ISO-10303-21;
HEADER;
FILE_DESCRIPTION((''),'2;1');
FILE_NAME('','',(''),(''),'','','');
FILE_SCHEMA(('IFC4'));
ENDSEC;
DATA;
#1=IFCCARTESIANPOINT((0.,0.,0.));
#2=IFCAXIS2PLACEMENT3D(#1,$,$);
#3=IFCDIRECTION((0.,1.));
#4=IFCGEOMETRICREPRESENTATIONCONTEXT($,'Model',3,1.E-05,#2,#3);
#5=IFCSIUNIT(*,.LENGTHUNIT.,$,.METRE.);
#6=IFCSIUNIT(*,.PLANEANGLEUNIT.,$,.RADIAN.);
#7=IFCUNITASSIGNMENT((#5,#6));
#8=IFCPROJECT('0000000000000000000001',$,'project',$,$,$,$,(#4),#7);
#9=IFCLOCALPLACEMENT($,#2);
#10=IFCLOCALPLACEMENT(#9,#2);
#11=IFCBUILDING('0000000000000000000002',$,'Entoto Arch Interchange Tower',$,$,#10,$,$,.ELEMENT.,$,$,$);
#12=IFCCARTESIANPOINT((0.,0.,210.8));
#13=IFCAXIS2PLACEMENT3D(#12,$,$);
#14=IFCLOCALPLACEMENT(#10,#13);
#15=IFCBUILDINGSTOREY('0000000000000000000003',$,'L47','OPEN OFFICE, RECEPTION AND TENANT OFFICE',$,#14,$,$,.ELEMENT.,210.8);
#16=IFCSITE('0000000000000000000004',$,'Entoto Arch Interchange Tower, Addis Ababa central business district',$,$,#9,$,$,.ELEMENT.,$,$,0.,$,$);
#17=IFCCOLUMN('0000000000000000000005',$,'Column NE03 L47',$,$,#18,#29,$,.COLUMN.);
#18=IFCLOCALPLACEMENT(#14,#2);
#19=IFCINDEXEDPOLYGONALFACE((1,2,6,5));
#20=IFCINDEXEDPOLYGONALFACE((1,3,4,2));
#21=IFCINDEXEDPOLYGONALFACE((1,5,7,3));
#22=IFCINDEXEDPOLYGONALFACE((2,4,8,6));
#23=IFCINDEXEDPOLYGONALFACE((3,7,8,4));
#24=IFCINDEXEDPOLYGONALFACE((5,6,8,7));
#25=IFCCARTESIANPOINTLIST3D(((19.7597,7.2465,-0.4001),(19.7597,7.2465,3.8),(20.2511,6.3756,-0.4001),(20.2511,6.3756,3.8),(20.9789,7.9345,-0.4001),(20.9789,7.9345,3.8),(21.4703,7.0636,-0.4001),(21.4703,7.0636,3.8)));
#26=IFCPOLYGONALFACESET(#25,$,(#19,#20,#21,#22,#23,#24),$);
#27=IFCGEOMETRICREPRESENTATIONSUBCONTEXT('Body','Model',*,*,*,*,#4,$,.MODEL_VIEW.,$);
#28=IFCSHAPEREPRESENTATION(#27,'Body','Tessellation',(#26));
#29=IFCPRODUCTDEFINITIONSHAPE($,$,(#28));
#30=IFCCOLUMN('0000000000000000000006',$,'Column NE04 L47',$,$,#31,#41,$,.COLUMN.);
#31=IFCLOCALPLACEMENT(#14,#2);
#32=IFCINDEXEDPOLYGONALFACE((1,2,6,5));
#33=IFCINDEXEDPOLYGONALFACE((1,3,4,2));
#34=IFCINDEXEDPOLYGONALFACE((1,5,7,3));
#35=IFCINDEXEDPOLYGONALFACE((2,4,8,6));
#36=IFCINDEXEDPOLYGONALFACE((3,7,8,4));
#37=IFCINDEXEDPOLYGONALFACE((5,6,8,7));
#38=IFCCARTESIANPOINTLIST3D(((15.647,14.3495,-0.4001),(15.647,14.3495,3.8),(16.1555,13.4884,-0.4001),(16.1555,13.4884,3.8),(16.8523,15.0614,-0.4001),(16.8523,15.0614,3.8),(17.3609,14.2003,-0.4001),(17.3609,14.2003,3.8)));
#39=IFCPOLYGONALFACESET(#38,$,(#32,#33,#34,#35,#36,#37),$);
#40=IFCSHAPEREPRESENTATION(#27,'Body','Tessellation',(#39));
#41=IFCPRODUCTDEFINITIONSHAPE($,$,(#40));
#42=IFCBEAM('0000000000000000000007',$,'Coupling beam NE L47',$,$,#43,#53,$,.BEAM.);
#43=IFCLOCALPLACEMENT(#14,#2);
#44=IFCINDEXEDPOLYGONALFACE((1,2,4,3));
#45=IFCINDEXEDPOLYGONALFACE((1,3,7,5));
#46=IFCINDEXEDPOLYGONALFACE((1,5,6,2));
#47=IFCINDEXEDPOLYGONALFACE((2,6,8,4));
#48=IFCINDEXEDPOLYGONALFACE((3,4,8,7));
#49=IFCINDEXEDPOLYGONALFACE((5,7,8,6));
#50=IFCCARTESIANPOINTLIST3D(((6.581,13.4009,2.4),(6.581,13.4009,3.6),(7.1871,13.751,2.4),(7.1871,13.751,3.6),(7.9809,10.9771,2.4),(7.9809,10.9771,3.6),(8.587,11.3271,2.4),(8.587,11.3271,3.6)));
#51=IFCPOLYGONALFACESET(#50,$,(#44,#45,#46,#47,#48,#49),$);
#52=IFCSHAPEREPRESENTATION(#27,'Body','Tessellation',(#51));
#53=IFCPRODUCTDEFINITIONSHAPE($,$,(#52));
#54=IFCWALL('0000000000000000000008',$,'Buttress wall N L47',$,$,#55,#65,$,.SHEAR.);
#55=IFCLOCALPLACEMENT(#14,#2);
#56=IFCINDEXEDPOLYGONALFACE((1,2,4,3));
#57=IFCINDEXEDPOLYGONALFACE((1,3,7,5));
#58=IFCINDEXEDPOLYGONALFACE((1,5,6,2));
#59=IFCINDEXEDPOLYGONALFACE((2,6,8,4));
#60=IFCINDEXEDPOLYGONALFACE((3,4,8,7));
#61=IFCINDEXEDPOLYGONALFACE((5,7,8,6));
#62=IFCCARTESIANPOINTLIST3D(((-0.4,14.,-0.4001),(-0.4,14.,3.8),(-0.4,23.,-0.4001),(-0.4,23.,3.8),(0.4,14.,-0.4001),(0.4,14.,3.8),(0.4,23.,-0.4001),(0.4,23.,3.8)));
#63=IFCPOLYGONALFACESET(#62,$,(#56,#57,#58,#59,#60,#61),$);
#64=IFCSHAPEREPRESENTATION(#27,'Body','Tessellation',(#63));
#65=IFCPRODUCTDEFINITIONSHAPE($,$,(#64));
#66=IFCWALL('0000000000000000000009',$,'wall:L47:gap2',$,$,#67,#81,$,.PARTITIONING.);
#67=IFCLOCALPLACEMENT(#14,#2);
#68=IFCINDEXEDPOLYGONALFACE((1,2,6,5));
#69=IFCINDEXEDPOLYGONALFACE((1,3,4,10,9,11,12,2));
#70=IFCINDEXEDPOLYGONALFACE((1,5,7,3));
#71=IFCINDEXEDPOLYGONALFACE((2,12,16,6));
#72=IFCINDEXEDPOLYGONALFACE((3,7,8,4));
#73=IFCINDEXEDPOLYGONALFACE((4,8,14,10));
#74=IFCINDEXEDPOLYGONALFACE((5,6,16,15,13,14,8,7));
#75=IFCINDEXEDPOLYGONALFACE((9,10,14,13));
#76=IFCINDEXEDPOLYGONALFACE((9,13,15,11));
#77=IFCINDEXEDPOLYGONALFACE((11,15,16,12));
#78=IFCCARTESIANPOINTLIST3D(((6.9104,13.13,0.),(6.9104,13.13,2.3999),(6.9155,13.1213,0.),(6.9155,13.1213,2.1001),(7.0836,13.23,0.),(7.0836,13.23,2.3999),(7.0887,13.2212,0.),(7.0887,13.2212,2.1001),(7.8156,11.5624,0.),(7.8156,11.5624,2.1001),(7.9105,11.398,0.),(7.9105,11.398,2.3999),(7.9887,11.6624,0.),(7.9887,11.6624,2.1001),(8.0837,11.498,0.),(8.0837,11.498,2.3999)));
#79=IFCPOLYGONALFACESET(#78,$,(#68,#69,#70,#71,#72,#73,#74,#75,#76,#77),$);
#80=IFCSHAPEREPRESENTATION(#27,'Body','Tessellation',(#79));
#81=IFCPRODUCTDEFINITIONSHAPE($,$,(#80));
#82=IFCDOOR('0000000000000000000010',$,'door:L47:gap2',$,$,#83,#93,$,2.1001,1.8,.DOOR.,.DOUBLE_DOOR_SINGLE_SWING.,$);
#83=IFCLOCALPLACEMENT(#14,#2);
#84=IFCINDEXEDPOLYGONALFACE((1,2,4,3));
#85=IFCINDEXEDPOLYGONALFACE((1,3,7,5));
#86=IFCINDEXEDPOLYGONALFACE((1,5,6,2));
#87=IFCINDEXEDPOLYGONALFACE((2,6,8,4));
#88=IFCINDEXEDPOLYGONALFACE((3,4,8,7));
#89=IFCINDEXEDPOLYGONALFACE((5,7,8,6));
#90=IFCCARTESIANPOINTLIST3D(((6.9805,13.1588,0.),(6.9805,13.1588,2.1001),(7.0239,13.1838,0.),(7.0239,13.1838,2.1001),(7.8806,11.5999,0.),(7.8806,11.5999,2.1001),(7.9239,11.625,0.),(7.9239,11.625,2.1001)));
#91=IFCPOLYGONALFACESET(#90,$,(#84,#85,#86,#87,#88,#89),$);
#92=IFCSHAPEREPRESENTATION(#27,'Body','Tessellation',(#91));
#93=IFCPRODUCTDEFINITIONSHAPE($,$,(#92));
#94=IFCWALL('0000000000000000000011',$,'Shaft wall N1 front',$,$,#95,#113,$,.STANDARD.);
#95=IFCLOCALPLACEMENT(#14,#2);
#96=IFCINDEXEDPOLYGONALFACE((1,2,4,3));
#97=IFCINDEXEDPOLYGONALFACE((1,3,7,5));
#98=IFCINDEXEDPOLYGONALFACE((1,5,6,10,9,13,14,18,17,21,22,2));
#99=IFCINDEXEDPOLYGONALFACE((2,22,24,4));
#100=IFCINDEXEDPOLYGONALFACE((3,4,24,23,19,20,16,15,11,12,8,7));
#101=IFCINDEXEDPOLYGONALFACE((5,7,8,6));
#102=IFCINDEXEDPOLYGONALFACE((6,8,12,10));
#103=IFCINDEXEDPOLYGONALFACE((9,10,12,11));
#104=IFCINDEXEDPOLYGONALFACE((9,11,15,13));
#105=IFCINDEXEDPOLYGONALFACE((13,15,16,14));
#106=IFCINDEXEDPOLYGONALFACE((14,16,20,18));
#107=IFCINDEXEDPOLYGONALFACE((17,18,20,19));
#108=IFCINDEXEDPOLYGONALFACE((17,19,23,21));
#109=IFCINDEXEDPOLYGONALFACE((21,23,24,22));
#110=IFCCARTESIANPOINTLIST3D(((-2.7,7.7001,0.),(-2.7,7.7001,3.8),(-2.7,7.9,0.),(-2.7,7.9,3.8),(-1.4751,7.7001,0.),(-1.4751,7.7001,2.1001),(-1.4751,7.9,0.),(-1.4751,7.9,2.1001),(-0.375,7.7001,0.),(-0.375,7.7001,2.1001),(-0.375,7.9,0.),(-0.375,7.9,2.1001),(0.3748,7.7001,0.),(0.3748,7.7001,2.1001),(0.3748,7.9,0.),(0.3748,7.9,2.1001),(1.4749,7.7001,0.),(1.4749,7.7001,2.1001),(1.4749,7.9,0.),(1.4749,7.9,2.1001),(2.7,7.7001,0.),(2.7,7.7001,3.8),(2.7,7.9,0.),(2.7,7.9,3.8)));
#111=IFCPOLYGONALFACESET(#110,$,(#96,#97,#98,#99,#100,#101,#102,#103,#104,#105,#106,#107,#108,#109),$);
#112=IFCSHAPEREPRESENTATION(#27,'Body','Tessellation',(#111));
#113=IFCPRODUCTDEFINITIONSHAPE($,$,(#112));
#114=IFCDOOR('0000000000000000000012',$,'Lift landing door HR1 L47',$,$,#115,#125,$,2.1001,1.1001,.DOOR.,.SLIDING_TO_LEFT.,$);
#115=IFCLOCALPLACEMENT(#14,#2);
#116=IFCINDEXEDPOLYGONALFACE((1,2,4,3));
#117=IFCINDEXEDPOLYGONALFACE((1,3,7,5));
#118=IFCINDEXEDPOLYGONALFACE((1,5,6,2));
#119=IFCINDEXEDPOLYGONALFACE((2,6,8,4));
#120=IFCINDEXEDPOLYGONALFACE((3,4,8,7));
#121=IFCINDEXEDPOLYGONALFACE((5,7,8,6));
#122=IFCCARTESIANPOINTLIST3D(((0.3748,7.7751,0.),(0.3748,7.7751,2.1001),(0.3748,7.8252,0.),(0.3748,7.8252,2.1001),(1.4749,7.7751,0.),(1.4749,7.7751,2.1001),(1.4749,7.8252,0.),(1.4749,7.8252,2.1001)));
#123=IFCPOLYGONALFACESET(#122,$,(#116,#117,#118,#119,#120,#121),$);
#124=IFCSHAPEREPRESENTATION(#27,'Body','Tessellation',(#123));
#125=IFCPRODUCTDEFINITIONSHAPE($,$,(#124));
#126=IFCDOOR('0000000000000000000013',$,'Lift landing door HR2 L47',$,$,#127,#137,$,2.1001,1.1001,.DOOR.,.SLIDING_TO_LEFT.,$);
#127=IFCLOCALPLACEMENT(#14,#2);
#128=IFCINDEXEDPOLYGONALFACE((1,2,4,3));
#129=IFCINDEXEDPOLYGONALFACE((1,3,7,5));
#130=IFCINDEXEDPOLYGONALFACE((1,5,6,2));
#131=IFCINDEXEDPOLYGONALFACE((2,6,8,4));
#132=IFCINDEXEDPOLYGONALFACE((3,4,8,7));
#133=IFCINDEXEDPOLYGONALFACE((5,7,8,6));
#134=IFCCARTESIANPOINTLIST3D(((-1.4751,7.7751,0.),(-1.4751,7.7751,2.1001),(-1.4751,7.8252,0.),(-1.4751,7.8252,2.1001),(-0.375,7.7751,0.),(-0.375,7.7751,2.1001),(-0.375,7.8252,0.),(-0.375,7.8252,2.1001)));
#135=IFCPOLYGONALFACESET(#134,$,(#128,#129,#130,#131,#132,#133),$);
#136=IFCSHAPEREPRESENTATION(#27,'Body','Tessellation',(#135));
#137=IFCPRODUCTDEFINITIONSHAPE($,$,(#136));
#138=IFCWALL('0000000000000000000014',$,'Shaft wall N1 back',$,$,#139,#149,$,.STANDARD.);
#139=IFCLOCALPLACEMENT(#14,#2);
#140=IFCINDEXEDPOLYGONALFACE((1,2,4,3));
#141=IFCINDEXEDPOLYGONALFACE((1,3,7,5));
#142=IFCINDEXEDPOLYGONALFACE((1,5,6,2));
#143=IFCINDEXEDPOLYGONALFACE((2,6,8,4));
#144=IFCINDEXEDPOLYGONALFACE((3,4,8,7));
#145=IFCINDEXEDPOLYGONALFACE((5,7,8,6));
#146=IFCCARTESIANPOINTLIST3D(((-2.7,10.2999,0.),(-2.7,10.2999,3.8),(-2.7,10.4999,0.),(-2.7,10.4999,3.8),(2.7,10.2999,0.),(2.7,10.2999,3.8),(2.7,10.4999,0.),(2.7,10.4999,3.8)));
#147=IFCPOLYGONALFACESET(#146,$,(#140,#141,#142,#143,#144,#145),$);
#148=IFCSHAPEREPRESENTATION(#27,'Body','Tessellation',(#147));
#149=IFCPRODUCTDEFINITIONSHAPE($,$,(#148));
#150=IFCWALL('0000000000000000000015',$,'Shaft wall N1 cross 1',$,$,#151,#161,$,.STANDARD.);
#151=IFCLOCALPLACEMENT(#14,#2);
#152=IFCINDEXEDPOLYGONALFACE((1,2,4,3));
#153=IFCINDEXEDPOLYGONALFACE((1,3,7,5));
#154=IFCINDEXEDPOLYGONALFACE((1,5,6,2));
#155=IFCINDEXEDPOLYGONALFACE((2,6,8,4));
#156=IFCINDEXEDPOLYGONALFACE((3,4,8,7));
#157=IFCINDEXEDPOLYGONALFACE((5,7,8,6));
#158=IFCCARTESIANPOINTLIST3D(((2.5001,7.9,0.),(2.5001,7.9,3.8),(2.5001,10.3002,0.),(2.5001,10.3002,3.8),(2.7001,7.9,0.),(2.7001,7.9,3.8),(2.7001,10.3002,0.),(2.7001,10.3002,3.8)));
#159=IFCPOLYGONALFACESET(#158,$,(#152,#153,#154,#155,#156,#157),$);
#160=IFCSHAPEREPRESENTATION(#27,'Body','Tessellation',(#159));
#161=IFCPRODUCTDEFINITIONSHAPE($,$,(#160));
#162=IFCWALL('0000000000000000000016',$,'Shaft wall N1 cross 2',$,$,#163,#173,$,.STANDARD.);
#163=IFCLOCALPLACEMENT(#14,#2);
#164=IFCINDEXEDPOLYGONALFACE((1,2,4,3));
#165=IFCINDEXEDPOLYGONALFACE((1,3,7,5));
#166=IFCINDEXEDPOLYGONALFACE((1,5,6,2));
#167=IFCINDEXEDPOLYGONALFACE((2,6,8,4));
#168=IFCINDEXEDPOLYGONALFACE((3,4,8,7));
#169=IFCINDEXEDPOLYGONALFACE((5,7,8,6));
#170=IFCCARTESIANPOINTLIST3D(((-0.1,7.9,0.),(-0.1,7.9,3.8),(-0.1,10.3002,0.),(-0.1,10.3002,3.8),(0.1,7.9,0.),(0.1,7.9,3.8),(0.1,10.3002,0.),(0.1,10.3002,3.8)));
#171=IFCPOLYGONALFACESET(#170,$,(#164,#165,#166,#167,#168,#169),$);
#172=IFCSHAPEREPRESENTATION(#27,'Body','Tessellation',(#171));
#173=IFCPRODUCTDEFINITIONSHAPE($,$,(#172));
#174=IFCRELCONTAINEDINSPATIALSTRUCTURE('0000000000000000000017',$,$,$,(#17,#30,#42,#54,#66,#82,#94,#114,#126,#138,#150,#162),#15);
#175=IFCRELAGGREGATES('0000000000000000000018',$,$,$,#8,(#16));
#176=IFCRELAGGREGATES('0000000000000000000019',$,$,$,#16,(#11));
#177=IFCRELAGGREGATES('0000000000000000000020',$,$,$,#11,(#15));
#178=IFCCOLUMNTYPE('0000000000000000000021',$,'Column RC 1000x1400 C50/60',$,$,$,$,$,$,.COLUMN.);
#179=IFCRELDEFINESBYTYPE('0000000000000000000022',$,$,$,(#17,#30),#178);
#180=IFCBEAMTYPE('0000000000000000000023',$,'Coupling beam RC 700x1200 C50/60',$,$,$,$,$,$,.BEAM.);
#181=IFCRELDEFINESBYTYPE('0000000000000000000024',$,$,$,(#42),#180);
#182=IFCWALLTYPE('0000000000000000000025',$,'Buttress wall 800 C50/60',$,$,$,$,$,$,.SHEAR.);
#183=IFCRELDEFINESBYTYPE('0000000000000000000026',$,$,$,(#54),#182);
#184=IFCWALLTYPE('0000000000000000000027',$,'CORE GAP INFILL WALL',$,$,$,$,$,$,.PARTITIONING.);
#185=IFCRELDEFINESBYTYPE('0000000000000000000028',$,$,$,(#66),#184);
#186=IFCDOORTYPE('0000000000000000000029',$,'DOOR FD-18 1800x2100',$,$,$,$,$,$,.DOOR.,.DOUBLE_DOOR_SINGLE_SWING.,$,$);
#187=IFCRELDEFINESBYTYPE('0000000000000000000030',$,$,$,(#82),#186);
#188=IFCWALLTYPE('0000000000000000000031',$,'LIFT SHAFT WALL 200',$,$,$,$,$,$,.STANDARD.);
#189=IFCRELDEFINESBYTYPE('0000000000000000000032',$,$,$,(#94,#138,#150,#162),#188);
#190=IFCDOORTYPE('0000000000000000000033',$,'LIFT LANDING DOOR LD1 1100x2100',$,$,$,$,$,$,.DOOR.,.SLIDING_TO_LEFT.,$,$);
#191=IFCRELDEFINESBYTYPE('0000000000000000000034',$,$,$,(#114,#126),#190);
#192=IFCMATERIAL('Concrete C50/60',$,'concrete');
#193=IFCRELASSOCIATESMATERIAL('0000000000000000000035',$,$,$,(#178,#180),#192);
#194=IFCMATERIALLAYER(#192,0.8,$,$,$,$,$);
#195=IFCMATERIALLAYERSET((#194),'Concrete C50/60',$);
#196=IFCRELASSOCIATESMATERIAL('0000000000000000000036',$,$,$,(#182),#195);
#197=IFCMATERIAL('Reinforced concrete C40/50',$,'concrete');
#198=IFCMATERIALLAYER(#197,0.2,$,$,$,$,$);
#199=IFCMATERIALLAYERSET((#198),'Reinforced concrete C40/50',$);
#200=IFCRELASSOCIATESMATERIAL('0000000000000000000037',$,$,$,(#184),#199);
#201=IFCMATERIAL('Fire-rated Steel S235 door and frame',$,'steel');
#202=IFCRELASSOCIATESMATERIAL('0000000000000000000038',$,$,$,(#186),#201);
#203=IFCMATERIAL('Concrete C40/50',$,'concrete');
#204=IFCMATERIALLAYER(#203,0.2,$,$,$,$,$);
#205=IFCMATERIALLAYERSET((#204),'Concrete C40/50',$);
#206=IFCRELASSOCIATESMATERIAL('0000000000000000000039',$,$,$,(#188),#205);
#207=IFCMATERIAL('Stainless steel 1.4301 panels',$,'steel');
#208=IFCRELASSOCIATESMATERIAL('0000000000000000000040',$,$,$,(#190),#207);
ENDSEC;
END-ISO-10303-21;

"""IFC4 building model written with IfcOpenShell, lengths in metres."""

from ifc_helpers import new_model, si_unit, direction, frame, frame_2d, origin, origin_2d, place, context, subcontext, project, spatial, rectangle, extrude, material, layer, layer_set, material_profile, profile_set, type_object, element, fill, save


model = new_model("IFC4")

# Units and contexts
model_context = context("Model", 3, precision=1e-05, world=origin(), true_north=direction((0.0, 1.0)))
body_context = subcontext(model_context, "Body", "Model", "MODEL_VIEW")
ifc_project = project(units=[si_unit("LENGTHUNIT", "METRE"), si_unit("PLANEANGLEUNIT", "RADIAN")], contexts=[model_context])

# Site, building, storey
site_placement = place(None, origin())
site = spatial("IfcSite", under=ifc_project, at=site_placement, Name="Entoto Arch Interchange Tower, Addis Ababa central business district", CompositionType="ELEMENT", RefElevation=0.0)
building_placement = place(site_placement, origin())
building = spatial("IfcBuilding", under=site, at=building_placement, Name="Entoto Arch Interchange Tower", CompositionType="ELEMENT")
storey_placement = place(building_placement, frame((0.0, 0.0, 210.8)))
storey = spatial("IfcBuildingStorey", under=building, at=storey_placement, Name="L47", Description="OPEN OFFICE, RECEPTION AND TENANT OFFICE", CompositionType="ELEMENT", Elevation=210.8)

# Columns
ifc_material_1 = material(Name="Concrete C50/60", Category="concrete")
ifc_material_profile_1 = material_profile(ifc_material_1, rectangle(XDim=1.0, YDim=1.3999, at=origin_2d()))
ifc_profile_set_1 = profile_set([ifc_material_profile_1], Name="Concrete C50/60")
column_type = type_object("IfcColumnType", Name="Column RC 1000x1400 C50/60", PredefinedType="COLUMN", material=ifc_profile_set_1)
for number, where, z_axis, x_axis, name in (
    (1, (20.615, 7.155, -0.4001), (0.0, 0.0, 1.0), (-0.491436, 0.870914, 0.0), "Column NE03 L47"),
    (2, (16.5039, 14.2749, -0.4001), (0.0, 0.0, 1.0), (-0.508516, 0.861053, 0.0), "Column NE04 L47"),
):
    element("IfcColumn", number, at=place(storey_placement, frame(where, z_axis=z_axis, x_axis=x_axis)), inside=storey, type_object=column_type, Name=name, PredefinedType="COLUMN", context=body_context, shape_type="SweptSolid", body=[
        extrude(rectangle(XDim=1.0, YDim=1.3999, at=origin_2d()), origin(), (0.0, 0.0, 1.0), 4.2002),
    ])

# Beam
ifc_material_profile_2 = material_profile(ifc_material_1, rectangle(XDim=0.7, YDim=1.2, at=origin_2d()))
ifc_profile_set_2 = profile_set([ifc_material_profile_2], Name="Concrete C50/60")
beam_type = type_object("IfcBeamType", Name="Coupling beam RC 700x1200 C50/60", PredefinedType="BEAM", material=ifc_profile_set_2)
beam_placement = place(storey_placement, frame((8.2839, 11.1521, 3.0), z_axis=(-0.500135, 0.865947, 0.0), x_axis=(-0.865947, -0.500135, 0.0)))
element("IfcBeam", 3, at=beam_placement, inside=storey, type_object=beam_type, Name="Coupling beam NE L47", PredefinedType="BEAM", context=body_context, shape_type="SweptSolid", body=[
    extrude(rectangle(XDim=0.7, YDim=1.2, at=origin_2d()), origin(), (0.0, 0.0, 1.0), 2.7991),
])

# Wall
ifc_layer_1 = layer(ifc_material_1, 0.8)
ifc_layer_set_1 = layer_set([ifc_layer_1], Name="Concrete C50/60")
wall_type_1 = type_object("IfcWallType", Name="Buttress wall 800 C50/60", PredefinedType="SHEAR", material=ifc_layer_set_1)
wall_1_placement = place(storey_placement, frame((0.0, 14.0, -0.4001), z_axis=(0.0, 0.0, 1.0), x_axis=(0.0, 1.0, 0.0)))
element("IfcWall", 4, at=wall_1_placement, inside=storey, type_object=wall_type_1, Name="Buttress wall N L47", PredefinedType="SHEAR", context=body_context, shape_type="SweptSolid", body=[
    extrude(rectangle(XDim=9.0, YDim=0.8, at=frame_2d((4.5, 0.0))), origin(), (0.0, 0.0, 1.0), 4.2002),
])

# Wall, opening, door
ifc_material_2 = material(Name="Reinforced concrete C40/50", Category="concrete")
ifc_layer_2 = layer(ifc_material_2, 0.2)
ifc_layer_set_2 = layer_set([ifc_layer_2], Name="Reinforced concrete C40/50")
wall_type_2 = type_object("IfcWallType", Name="CORE GAP INFILL WALL", PredefinedType="PARTITIONING", material=ifc_layer_set_2)
wall_2_placement = place(storey_placement, frame((7.9971, 11.448, 0.0), z_axis=(0.0, 0.0, 1.0), x_axis=(-0.500025, 0.866011, 0.0)))
wall_2 = element("IfcWall", 5, at=wall_2_placement, inside=storey, type_object=wall_type_2, Name="wall:L47:gap2", PredefinedType="PARTITIONING", context=body_context, shape_type="SweptSolid", body=[
    extrude(rectangle(XDim=2.0, YDim=0.2, at=frame_2d((1.0, 0.0))), origin(), (0.0, 0.0, 1.0), 2.3999),
])
opening_1_placement = place(wall_2_placement, frame((0.1899, 0.0, 0.0)))
opening_1 = element("IfcOpeningElement", 6, at=opening_1_placement, cuts=wall_2, PredefinedType="OPENING", context=body_context, shape_type="SweptSolid", body=[
    extrude(rectangle(XDim=1.8, YDim=2.1001, at=frame_2d((0.8999, 1.05))), frame((0.0, 0.1099, 0.0), z_axis=(0.0, -1.0, 0.0), x_axis=(1.0, 0.0, 0.0)), (0.0, 0.0, 1.0), 0.22),
])
ifc_material_3 = material(Name="Fire-rated Steel S235 door and frame", Category="steel")
door_type_1 = type_object("IfcDoorType", Name="DOOR FD-18 1800x2100", OperationType="DOUBLE_DOOR_SINGLE_SWING", PredefinedType="DOOR", material=ifc_material_3)
door_1_placement = place(opening_1_placement, origin())
door_1 = element("IfcDoor", 7, at=door_1_placement, inside=storey, type_object=door_type_1, Name="door:L47:gap2", OperationType="DOUBLE_DOOR_SINGLE_SWING", OverallHeight=2.1001, OverallWidth=1.8, PredefinedType="DOOR", context=body_context, shape_type="SweptSolid", body=[
    extrude(rectangle(XDim=1.8, YDim=2.1001, at=frame_2d((0.8999, 1.05))), frame((0.0, 0.0249, 0.0), z_axis=(0.0, -1.0, 0.0), x_axis=(1.0, 0.0, 0.0)), (0.0, 0.0, 1.0), 0.05),
])
fill(opening_1, door_1)

# Wall, openings, doors
ifc_material_4 = material(Name="Concrete C40/50", Category="concrete")
ifc_layer_3 = layer(ifc_material_4, 0.2)
ifc_layer_set_3 = layer_set([ifc_layer_3], Name="Concrete C40/50")
wall_type_3 = type_object("IfcWallType", Name="LIFT SHAFT WALL 200", PredefinedType="STANDARD", material=ifc_layer_set_3)
wall_3_placement = place(storey_placement, frame((2.7, 7.8, 0.0), z_axis=(0.0, 0.0, 1.0), x_axis=(-1.0, 0.0, 0.0)))
wall_3 = element("IfcWall", 8, at=wall_3_placement, inside=storey, type_object=wall_type_3, Name="Shaft wall N1 front", PredefinedType="STANDARD", context=body_context, shape_type="SweptSolid", body=[
    extrude(rectangle(XDim=5.3999, YDim=0.2, at=frame_2d((2.7, 0.0))), origin(), (0.0, 0.0, 1.0), 3.8),
])
opening_2_placement = place(wall_3_placement, frame((1.2251, 0.0, 0.0)))
opening_2 = element("IfcOpeningElement", 9, at=opening_2_placement, cuts=wall_3, PredefinedType="OPENING", context=body_context, shape_type="SweptSolid", body=[
    extrude(rectangle(XDim=1.1001, YDim=2.1001, at=frame_2d((0.55, 1.05))), frame((0.0, 0.1099, 0.0), z_axis=(0.0, -1.0, 0.0), x_axis=(1.0, 0.0, 0.0)), (0.0, 0.0, 1.0), 0.22),
])
opening_3_placement = place(wall_3_placement, frame((3.075, 0.0, 0.0)))
opening_3 = element("IfcOpeningElement", 10, at=opening_3_placement, cuts=wall_3, PredefinedType="OPENING", context=body_context, shape_type="SweptSolid", body=[
    extrude(rectangle(XDim=1.1001, YDim=2.1001, at=frame_2d((0.55, 1.05))), frame((0.0, 0.1099, 0.0), z_axis=(0.0, -1.0, 0.0), x_axis=(1.0, 0.0, 0.0)), (0.0, 0.0, 1.0), 0.22),
])
ifc_material_5 = material(Name="Stainless steel 1.4301 panels", Category="steel")
door_type_2 = type_object("IfcDoorType", Name="LIFT LANDING DOOR LD1 1100x2100", OperationType="SLIDING_TO_LEFT", PredefinedType="DOOR", material=ifc_material_5)
door_2_placement = place(opening_2_placement, origin())
door_2 = element("IfcDoor", 11, at=door_2_placement, inside=storey, type_object=door_type_2, Name="Lift landing door HR1 L47", OperationType="SLIDING_TO_LEFT", OverallHeight=2.1001, OverallWidth=1.1001, PredefinedType="DOOR", context=body_context, shape_type="SweptSolid", body=[
    extrude(rectangle(XDim=1.1001, YDim=2.1001, at=frame_2d((0.55, 1.05))), frame((0.0, 0.0249, 0.0), z_axis=(0.0, -1.0, 0.0), x_axis=(1.0, 0.0, 0.0)), (0.0, 0.0, 1.0), 0.05),
])
fill(opening_2, door_2)
door_3_placement = place(opening_3_placement, origin())
door_3 = element("IfcDoor", 12, at=door_3_placement, inside=storey, type_object=door_type_2, Name="Lift landing door HR2 L47", OperationType="SLIDING_TO_LEFT", OverallHeight=2.1001, OverallWidth=1.1001, PredefinedType="DOOR", context=body_context, shape_type="SweptSolid", body=[
    extrude(rectangle(XDim=1.1001, YDim=2.1001, at=frame_2d((0.55, 1.05))), frame((0.0, 0.0249, 0.0), z_axis=(0.0, -1.0, 0.0), x_axis=(1.0, 0.0, 0.0)), (0.0, 0.0, 1.0), 0.05),
])
fill(opening_3, door_3)

# Walls
wall_4_placement = place(storey_placement, frame((2.7, 10.3999, 0.0), z_axis=(0.0, 0.0, 1.0), x_axis=(-1.0, 0.0, 0.0)))
element("IfcWall", 13, at=wall_4_placement, inside=storey, type_object=wall_type_3, Name="Shaft wall N1 back", PredefinedType="STANDARD", context=body_context, shape_type="SweptSolid", body=[
    extrude(rectangle(XDim=5.3999, YDim=0.2, at=frame_2d((2.7, 0.0))), origin(), (0.0, 0.0, 1.0), 3.8),
])
for number, where, z_axis, x_axis, name in (
    (14, (2.6001, 7.8999, 0.0), (0.0, 0.0, 1.0), (0.0, 1.0, 0.0), "Shaft wall N1 cross 1"),
    (15, (0.0, 7.8999, 0.0), (0.0, 0.0, 1.0), (0.0, 1.0, 0.0), "Shaft wall N1 cross 2"),
):
    element("IfcWall", number, at=place(storey_placement, frame(where, z_axis=z_axis, x_axis=x_axis)), inside=storey, type_object=wall_type_3, Name=name, PredefinedType="STANDARD", context=body_context, shape_type="SweptSolid", body=[
        extrude(rectangle(XDim=2.4001, YDim=0.2, at=frame_2d((1.2002, 0.0))), origin(), (0.0, 0.0, 1.0), 3.8),
    ])

save(model, "model.ifc")
